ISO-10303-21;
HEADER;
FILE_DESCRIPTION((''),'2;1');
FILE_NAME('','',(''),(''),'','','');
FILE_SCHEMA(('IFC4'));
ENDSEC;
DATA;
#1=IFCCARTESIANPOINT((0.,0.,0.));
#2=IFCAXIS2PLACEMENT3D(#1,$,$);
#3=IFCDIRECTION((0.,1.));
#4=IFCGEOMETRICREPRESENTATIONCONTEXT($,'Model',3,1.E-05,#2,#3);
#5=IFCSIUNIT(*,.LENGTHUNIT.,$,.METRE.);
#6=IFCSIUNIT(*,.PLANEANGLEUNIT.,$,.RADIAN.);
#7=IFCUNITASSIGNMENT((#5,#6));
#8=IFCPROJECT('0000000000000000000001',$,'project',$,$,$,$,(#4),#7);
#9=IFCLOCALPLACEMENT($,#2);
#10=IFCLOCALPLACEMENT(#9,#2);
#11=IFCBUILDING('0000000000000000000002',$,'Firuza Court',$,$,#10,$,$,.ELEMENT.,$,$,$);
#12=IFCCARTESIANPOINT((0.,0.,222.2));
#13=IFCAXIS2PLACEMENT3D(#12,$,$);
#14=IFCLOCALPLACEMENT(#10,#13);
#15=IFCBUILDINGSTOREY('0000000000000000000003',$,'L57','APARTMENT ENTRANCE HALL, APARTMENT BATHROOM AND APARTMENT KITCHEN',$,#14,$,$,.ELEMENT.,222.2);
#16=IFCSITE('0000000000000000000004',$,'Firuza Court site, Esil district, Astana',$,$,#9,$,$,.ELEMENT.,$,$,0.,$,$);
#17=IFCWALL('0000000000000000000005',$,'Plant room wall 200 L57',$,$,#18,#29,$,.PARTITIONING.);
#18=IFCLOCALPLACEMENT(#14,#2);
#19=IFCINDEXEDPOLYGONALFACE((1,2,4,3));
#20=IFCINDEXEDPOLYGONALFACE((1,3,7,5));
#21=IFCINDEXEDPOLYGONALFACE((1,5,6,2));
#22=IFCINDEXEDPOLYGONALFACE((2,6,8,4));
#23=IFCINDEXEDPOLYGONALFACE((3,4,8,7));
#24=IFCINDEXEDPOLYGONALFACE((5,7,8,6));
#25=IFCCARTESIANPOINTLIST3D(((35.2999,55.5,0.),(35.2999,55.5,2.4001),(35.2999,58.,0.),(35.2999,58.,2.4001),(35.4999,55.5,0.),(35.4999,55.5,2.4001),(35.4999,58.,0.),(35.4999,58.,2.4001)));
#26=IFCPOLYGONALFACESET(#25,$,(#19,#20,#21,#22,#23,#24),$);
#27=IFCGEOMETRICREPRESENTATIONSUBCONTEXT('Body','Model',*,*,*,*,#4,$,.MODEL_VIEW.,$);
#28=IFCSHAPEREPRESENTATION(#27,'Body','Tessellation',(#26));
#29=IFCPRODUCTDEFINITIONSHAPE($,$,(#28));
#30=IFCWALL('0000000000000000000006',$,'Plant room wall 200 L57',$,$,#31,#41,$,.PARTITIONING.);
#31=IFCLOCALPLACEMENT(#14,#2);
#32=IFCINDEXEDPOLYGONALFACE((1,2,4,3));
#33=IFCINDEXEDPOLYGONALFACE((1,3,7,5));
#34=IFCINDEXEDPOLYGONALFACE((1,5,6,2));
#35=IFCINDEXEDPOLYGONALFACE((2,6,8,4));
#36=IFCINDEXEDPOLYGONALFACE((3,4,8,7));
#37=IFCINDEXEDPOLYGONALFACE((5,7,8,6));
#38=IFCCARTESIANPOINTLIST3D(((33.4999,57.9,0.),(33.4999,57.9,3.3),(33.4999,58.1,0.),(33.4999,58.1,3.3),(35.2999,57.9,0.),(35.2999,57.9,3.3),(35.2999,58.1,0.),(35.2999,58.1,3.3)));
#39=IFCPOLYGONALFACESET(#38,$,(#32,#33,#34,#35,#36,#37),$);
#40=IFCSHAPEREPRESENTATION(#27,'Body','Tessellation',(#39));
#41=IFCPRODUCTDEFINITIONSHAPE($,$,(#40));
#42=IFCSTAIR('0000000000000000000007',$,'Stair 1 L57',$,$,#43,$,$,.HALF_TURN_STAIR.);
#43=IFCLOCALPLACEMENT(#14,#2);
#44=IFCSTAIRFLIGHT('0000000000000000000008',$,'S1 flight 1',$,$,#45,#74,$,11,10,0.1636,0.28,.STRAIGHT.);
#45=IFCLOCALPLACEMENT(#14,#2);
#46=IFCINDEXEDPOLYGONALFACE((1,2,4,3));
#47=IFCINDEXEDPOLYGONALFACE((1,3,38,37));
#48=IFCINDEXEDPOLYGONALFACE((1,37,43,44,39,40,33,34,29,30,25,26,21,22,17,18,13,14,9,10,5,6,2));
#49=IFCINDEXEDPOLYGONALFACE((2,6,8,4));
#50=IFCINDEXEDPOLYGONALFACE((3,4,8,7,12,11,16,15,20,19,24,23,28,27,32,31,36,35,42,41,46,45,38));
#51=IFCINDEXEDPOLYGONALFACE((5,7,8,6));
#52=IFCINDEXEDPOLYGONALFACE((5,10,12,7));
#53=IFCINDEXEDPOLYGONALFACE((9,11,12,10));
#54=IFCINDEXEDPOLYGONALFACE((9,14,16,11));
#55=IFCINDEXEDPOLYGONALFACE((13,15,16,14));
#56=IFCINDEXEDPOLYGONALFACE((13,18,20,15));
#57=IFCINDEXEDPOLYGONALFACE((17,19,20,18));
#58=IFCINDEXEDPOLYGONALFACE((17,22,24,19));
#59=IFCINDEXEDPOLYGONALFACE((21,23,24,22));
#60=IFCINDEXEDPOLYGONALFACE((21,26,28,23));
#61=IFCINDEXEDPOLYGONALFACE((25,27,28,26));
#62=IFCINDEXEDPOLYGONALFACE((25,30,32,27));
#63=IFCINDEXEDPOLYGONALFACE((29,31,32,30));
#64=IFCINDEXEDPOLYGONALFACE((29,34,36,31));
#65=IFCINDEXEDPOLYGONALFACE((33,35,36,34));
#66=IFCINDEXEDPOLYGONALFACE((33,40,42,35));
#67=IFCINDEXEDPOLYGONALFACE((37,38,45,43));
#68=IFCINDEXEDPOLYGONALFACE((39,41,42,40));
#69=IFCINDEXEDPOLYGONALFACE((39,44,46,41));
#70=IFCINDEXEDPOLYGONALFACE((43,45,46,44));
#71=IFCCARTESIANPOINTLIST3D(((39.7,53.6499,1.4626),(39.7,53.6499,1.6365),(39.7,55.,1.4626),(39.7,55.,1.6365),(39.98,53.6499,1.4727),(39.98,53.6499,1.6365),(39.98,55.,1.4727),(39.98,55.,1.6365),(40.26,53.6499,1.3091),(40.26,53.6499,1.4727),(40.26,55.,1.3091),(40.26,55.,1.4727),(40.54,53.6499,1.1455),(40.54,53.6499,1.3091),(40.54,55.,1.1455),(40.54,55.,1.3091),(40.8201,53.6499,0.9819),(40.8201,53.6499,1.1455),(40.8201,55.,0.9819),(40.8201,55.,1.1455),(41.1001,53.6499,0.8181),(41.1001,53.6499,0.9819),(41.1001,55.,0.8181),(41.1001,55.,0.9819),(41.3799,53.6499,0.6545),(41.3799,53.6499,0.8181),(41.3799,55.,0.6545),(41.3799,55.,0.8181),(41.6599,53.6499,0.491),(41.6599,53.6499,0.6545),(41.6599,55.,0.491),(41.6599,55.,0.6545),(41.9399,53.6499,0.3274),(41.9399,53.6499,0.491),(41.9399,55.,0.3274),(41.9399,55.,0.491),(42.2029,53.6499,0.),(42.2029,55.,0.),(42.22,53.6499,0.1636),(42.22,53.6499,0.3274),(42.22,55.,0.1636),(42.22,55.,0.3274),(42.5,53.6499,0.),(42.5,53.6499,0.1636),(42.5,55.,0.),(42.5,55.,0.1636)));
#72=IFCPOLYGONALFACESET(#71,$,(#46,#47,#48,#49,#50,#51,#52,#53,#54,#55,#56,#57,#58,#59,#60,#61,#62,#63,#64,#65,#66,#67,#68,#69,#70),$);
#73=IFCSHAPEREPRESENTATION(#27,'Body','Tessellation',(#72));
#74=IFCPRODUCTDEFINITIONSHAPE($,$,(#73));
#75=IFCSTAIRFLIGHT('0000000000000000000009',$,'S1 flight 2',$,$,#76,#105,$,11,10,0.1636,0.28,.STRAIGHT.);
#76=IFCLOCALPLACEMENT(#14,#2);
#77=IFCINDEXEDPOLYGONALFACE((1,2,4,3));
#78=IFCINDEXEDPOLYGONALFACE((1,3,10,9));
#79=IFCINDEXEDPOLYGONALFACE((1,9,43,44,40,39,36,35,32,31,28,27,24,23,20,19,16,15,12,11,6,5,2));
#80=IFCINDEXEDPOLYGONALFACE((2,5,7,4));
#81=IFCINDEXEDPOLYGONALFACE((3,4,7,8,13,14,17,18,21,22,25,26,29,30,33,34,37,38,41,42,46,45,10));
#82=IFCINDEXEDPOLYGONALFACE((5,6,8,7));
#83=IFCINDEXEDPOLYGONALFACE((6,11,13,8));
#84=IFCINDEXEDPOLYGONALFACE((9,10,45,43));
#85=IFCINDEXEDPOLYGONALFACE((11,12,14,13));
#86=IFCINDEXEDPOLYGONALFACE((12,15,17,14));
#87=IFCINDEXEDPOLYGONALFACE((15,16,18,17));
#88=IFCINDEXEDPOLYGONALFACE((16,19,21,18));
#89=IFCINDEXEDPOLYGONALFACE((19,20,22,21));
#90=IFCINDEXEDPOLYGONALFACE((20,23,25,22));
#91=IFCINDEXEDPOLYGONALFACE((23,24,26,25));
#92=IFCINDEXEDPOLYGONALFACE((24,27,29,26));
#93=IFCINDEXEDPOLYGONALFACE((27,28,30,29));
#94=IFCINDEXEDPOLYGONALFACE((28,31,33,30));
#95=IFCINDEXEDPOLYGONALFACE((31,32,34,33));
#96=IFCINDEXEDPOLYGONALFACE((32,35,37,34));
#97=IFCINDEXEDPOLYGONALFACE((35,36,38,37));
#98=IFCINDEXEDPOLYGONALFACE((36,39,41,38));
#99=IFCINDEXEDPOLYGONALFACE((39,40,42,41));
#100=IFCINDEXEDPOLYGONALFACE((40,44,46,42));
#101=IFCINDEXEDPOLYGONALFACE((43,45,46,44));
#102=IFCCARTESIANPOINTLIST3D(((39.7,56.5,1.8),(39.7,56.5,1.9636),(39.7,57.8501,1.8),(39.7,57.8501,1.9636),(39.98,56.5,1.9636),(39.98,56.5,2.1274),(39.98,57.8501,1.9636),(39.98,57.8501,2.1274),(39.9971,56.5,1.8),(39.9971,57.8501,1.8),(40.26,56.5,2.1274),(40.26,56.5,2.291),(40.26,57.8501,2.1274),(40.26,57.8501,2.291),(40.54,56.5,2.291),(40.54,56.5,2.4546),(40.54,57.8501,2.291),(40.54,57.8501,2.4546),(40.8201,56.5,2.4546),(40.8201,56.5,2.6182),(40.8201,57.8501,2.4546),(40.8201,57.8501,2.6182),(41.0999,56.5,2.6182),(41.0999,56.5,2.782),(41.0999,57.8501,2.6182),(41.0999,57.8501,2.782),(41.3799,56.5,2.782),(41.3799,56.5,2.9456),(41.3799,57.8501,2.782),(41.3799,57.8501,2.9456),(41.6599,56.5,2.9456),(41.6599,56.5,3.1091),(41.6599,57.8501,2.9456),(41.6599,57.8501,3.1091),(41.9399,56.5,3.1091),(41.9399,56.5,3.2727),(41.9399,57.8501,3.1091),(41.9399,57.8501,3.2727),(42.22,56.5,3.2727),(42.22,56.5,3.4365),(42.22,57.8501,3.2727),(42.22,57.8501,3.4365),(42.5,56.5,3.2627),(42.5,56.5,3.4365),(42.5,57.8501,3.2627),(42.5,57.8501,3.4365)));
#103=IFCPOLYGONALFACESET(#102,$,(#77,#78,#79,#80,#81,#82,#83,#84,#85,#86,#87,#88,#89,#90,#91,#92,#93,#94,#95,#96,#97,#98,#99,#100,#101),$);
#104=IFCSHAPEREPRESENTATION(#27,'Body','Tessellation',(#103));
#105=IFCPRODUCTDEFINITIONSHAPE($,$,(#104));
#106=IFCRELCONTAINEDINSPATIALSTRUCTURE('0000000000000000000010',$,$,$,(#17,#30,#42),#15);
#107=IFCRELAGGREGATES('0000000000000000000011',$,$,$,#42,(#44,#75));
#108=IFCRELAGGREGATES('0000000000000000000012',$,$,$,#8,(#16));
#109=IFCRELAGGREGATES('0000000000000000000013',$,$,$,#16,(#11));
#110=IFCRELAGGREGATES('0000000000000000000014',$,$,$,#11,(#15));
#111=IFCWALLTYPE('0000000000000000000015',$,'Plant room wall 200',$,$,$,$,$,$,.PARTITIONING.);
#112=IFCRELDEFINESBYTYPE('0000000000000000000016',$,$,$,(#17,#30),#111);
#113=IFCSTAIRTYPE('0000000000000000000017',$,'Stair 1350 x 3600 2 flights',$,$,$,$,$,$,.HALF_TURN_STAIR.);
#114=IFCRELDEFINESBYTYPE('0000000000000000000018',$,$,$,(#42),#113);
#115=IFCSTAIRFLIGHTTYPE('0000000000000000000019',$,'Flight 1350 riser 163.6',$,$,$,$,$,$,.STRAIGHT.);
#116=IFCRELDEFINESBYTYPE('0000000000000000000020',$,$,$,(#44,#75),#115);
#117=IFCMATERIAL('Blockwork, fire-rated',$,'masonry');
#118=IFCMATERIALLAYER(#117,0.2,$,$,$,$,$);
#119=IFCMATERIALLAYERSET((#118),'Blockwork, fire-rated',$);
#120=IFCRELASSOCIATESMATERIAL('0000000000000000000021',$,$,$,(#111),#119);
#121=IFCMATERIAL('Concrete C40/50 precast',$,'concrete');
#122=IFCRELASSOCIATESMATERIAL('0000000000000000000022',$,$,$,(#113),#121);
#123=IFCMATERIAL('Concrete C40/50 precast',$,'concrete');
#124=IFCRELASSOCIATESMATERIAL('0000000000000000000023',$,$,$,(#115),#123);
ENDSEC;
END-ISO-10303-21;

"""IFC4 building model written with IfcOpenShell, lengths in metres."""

from ifc_helpers import new_model, si_unit, direction, frame, frame_2d, origin, place, context, subcontext, project, spatial, polyline, rectangle, outline, extrude, material, layer, layer_set, type_object, element, aggregate, save


model = new_model("IFC4")

# Units and contexts
model_context = context("Model", 3, precision=1e-05, world=origin(), true_north=direction((0.0, 1.0)))
body_context = subcontext(model_context, "Body", "Model", "MODEL_VIEW")
ifc_project = project(units=[si_unit("LENGTHUNIT", "METRE"), si_unit("PLANEANGLEUNIT", "RADIAN")], contexts=[model_context])

# Site, building, storey
site_placement = place(None, origin())
site = spatial("IfcSite", under=ifc_project, at=site_placement, Name="Firuza Court site, Esil district, Astana", CompositionType="ELEMENT", RefElevation=0.0)
building_placement = place(site_placement, origin())
building = spatial("IfcBuilding", under=site, at=building_placement, Name="Firuza Court", CompositionType="ELEMENT")
storey_placement = place(building_placement, frame((0.0, 0.0, 222.2)))
storey = spatial("IfcBuildingStorey", under=building, at=storey_placement, Name="L57", Description="APARTMENT ENTRANCE HALL, APARTMENT BATHROOM AND APARTMENT KITCHEN", CompositionType="ELEMENT", Elevation=222.2)

# Shared definitions
ifc_material_1 = material(Name="Blockwork, fire-rated", Category="masonry")
ifc_layer_1 = layer(ifc_material_1, 0.2)
ifc_layer_set_1 = layer_set([ifc_layer_1], Name="Blockwork, fire-rated")
wall_type_1 = type_object("IfcWallType", Name="Plant room wall 200", PredefinedType="PARTITIONING", material=ifc_layer_set_1)

# Walls
wall_1_placement = place(storey_placement, frame((35.3999, 55.5, 0.0), z_axis=(0.0, 0.0, 1.0), x_axis=(0.0, 1.0, 0.0)))
element("IfcWall", 1, at=wall_1_placement, inside=storey, type_object=wall_type_1, Name="Plant room wall 200 L57", PredefinedType="PARTITIONING", context=body_context, shape_type="SweptSolid", body=[
    extrude(rectangle(XDim=2.5, YDim=0.2, at=frame_2d((1.25, 0.0))), origin(), (0.0, 0.0, 1.0), 2.4001),
])
wall_2_placement = place(storey_placement, frame((33.5, 58.0, 0.0), z_axis=(0.0, 0.0, 1.0), x_axis=(1.0, 0.0, 0.0)))
element("IfcWall", 2, at=wall_2_placement, inside=storey, type_object=wall_type_1, Name="Plant room wall 200 L57", PredefinedType="PARTITIONING", context=body_context, shape_type="SweptSolid", body=[
    extrude(rectangle(XDim=1.8, YDim=0.2, at=frame_2d((0.8999, 0.0))), origin(), (0.0, 0.0, 1.0), 3.3),
])

# Stair, stair flights
ifc_material_2 = material(Name="Concrete C40/50 precast", Category="concrete")
stair_type = type_object("IfcStairType", Name="Stair 1350 x 3600 2 flights", PredefinedType="HALF_TURN_STAIR", material=ifc_material_2)
stair_placement = place(storey_placement, origin())
stair = element("IfcStair", 3, at=stair_placement, inside=storey, type_object=stair_type, Name="Stair 1 L57", PredefinedType="HALF_TURN_STAIR")
ifc_material_3 = material(Name="Concrete C40/50 precast", Category="concrete")
stair_flight_type = type_object("IfcStairFlightType", Name="Flight 1350 riser 163.6", PredefinedType="STRAIGHT", material=ifc_material_3)
stair_flight_1_placement = place(storey_placement, frame((42.5, 54.325, 0.0), z_axis=(0.0, 0.0, 1.0), x_axis=(-1.0, 0.0, 0.0)))
stair_flight_1 = element("IfcStairFlight", 4, at=stair_flight_1_placement, type_object=stair_flight_type, Name="S1 flight 1", NumberOfRisers=11, NumberOfTreads=10, PredefinedType="STRAIGHT", RiserHeight=0.1636, TreadLength=0.28, context=body_context, shape_type="SweptSolid", body=[
    extrude(outline(polyline([(0.0, 0.0), (0.0, 0.1636), (0.28, 0.1636), (0.28, 0.3274), (0.5601, 0.3274), (0.5601, 0.491), (0.8401, 0.491), (0.8401, 0.6545), (1.1201, 0.6545), (1.1201, 0.8181), (1.3999, 0.8181), (1.3999, 0.9819), (1.6799, 0.9819), (1.6799, 1.1455), (1.96, 1.1455), (1.96, 1.3091), (2.24, 1.3091), (2.24, 1.4727), (2.52, 1.4727), (2.52, 1.6365), (2.8, 1.6365), (2.8, 1.8), (2.8, 1.4626), (0.2971, 0.0), (0.0, 0.0)])), frame((0.0, 0.675, 0.0), z_axis=(0.0, -1.0, 0.0), x_axis=(1.0, 0.0, 0.0)), (0.0, 0.0, 1.0), 1.3501),
])
stair_flight_2_placement = place(storey_placement, frame((39.7, 57.175, 1.8), z_axis=(0.0, 0.0, 1.0), x_axis=(1.0, 0.0, 0.0)))
stair_flight_2 = element("IfcStairFlight", 5, at=stair_flight_2_placement, type_object=stair_flight_type, Name="S1 flight 2", NumberOfRisers=11, NumberOfTreads=10, PredefinedType="STRAIGHT", RiserHeight=0.1636, TreadLength=0.28, context=body_context, shape_type="SweptSolid", body=[
    extrude(outline(polyline([(0.0, 0.0), (0.0, 0.1636), (0.28, 0.1636), (0.28, 0.3274), (0.5601, 0.3274), (0.5601, 0.491), (0.8401, 0.491), (0.8401, 0.6545), (1.1201, 0.6545), (1.1201, 0.8181), (1.3999, 0.8181), (1.3999, 0.9819), (1.6799, 0.9819), (1.6799, 1.1455), (1.96, 1.1455), (1.96, 1.3091), (2.24, 1.3091), (2.24, 1.4727), (2.52, 1.4727), (2.52, 1.6365), (2.8, 1.6365), (2.8, 1.8), (2.8, 1.4626), (0.2971, 0.0), (0.0, 0.0)])), frame((0.0, 0.675, 0.0), z_axis=(0.0, -1.0, 0.0), x_axis=(1.0, 0.0, 0.0)), (0.0, 0.0, 1.0), 1.3501),
])
aggregate(stair, [stair_flight_1, stair_flight_2])

save(model, "model.ifc")
